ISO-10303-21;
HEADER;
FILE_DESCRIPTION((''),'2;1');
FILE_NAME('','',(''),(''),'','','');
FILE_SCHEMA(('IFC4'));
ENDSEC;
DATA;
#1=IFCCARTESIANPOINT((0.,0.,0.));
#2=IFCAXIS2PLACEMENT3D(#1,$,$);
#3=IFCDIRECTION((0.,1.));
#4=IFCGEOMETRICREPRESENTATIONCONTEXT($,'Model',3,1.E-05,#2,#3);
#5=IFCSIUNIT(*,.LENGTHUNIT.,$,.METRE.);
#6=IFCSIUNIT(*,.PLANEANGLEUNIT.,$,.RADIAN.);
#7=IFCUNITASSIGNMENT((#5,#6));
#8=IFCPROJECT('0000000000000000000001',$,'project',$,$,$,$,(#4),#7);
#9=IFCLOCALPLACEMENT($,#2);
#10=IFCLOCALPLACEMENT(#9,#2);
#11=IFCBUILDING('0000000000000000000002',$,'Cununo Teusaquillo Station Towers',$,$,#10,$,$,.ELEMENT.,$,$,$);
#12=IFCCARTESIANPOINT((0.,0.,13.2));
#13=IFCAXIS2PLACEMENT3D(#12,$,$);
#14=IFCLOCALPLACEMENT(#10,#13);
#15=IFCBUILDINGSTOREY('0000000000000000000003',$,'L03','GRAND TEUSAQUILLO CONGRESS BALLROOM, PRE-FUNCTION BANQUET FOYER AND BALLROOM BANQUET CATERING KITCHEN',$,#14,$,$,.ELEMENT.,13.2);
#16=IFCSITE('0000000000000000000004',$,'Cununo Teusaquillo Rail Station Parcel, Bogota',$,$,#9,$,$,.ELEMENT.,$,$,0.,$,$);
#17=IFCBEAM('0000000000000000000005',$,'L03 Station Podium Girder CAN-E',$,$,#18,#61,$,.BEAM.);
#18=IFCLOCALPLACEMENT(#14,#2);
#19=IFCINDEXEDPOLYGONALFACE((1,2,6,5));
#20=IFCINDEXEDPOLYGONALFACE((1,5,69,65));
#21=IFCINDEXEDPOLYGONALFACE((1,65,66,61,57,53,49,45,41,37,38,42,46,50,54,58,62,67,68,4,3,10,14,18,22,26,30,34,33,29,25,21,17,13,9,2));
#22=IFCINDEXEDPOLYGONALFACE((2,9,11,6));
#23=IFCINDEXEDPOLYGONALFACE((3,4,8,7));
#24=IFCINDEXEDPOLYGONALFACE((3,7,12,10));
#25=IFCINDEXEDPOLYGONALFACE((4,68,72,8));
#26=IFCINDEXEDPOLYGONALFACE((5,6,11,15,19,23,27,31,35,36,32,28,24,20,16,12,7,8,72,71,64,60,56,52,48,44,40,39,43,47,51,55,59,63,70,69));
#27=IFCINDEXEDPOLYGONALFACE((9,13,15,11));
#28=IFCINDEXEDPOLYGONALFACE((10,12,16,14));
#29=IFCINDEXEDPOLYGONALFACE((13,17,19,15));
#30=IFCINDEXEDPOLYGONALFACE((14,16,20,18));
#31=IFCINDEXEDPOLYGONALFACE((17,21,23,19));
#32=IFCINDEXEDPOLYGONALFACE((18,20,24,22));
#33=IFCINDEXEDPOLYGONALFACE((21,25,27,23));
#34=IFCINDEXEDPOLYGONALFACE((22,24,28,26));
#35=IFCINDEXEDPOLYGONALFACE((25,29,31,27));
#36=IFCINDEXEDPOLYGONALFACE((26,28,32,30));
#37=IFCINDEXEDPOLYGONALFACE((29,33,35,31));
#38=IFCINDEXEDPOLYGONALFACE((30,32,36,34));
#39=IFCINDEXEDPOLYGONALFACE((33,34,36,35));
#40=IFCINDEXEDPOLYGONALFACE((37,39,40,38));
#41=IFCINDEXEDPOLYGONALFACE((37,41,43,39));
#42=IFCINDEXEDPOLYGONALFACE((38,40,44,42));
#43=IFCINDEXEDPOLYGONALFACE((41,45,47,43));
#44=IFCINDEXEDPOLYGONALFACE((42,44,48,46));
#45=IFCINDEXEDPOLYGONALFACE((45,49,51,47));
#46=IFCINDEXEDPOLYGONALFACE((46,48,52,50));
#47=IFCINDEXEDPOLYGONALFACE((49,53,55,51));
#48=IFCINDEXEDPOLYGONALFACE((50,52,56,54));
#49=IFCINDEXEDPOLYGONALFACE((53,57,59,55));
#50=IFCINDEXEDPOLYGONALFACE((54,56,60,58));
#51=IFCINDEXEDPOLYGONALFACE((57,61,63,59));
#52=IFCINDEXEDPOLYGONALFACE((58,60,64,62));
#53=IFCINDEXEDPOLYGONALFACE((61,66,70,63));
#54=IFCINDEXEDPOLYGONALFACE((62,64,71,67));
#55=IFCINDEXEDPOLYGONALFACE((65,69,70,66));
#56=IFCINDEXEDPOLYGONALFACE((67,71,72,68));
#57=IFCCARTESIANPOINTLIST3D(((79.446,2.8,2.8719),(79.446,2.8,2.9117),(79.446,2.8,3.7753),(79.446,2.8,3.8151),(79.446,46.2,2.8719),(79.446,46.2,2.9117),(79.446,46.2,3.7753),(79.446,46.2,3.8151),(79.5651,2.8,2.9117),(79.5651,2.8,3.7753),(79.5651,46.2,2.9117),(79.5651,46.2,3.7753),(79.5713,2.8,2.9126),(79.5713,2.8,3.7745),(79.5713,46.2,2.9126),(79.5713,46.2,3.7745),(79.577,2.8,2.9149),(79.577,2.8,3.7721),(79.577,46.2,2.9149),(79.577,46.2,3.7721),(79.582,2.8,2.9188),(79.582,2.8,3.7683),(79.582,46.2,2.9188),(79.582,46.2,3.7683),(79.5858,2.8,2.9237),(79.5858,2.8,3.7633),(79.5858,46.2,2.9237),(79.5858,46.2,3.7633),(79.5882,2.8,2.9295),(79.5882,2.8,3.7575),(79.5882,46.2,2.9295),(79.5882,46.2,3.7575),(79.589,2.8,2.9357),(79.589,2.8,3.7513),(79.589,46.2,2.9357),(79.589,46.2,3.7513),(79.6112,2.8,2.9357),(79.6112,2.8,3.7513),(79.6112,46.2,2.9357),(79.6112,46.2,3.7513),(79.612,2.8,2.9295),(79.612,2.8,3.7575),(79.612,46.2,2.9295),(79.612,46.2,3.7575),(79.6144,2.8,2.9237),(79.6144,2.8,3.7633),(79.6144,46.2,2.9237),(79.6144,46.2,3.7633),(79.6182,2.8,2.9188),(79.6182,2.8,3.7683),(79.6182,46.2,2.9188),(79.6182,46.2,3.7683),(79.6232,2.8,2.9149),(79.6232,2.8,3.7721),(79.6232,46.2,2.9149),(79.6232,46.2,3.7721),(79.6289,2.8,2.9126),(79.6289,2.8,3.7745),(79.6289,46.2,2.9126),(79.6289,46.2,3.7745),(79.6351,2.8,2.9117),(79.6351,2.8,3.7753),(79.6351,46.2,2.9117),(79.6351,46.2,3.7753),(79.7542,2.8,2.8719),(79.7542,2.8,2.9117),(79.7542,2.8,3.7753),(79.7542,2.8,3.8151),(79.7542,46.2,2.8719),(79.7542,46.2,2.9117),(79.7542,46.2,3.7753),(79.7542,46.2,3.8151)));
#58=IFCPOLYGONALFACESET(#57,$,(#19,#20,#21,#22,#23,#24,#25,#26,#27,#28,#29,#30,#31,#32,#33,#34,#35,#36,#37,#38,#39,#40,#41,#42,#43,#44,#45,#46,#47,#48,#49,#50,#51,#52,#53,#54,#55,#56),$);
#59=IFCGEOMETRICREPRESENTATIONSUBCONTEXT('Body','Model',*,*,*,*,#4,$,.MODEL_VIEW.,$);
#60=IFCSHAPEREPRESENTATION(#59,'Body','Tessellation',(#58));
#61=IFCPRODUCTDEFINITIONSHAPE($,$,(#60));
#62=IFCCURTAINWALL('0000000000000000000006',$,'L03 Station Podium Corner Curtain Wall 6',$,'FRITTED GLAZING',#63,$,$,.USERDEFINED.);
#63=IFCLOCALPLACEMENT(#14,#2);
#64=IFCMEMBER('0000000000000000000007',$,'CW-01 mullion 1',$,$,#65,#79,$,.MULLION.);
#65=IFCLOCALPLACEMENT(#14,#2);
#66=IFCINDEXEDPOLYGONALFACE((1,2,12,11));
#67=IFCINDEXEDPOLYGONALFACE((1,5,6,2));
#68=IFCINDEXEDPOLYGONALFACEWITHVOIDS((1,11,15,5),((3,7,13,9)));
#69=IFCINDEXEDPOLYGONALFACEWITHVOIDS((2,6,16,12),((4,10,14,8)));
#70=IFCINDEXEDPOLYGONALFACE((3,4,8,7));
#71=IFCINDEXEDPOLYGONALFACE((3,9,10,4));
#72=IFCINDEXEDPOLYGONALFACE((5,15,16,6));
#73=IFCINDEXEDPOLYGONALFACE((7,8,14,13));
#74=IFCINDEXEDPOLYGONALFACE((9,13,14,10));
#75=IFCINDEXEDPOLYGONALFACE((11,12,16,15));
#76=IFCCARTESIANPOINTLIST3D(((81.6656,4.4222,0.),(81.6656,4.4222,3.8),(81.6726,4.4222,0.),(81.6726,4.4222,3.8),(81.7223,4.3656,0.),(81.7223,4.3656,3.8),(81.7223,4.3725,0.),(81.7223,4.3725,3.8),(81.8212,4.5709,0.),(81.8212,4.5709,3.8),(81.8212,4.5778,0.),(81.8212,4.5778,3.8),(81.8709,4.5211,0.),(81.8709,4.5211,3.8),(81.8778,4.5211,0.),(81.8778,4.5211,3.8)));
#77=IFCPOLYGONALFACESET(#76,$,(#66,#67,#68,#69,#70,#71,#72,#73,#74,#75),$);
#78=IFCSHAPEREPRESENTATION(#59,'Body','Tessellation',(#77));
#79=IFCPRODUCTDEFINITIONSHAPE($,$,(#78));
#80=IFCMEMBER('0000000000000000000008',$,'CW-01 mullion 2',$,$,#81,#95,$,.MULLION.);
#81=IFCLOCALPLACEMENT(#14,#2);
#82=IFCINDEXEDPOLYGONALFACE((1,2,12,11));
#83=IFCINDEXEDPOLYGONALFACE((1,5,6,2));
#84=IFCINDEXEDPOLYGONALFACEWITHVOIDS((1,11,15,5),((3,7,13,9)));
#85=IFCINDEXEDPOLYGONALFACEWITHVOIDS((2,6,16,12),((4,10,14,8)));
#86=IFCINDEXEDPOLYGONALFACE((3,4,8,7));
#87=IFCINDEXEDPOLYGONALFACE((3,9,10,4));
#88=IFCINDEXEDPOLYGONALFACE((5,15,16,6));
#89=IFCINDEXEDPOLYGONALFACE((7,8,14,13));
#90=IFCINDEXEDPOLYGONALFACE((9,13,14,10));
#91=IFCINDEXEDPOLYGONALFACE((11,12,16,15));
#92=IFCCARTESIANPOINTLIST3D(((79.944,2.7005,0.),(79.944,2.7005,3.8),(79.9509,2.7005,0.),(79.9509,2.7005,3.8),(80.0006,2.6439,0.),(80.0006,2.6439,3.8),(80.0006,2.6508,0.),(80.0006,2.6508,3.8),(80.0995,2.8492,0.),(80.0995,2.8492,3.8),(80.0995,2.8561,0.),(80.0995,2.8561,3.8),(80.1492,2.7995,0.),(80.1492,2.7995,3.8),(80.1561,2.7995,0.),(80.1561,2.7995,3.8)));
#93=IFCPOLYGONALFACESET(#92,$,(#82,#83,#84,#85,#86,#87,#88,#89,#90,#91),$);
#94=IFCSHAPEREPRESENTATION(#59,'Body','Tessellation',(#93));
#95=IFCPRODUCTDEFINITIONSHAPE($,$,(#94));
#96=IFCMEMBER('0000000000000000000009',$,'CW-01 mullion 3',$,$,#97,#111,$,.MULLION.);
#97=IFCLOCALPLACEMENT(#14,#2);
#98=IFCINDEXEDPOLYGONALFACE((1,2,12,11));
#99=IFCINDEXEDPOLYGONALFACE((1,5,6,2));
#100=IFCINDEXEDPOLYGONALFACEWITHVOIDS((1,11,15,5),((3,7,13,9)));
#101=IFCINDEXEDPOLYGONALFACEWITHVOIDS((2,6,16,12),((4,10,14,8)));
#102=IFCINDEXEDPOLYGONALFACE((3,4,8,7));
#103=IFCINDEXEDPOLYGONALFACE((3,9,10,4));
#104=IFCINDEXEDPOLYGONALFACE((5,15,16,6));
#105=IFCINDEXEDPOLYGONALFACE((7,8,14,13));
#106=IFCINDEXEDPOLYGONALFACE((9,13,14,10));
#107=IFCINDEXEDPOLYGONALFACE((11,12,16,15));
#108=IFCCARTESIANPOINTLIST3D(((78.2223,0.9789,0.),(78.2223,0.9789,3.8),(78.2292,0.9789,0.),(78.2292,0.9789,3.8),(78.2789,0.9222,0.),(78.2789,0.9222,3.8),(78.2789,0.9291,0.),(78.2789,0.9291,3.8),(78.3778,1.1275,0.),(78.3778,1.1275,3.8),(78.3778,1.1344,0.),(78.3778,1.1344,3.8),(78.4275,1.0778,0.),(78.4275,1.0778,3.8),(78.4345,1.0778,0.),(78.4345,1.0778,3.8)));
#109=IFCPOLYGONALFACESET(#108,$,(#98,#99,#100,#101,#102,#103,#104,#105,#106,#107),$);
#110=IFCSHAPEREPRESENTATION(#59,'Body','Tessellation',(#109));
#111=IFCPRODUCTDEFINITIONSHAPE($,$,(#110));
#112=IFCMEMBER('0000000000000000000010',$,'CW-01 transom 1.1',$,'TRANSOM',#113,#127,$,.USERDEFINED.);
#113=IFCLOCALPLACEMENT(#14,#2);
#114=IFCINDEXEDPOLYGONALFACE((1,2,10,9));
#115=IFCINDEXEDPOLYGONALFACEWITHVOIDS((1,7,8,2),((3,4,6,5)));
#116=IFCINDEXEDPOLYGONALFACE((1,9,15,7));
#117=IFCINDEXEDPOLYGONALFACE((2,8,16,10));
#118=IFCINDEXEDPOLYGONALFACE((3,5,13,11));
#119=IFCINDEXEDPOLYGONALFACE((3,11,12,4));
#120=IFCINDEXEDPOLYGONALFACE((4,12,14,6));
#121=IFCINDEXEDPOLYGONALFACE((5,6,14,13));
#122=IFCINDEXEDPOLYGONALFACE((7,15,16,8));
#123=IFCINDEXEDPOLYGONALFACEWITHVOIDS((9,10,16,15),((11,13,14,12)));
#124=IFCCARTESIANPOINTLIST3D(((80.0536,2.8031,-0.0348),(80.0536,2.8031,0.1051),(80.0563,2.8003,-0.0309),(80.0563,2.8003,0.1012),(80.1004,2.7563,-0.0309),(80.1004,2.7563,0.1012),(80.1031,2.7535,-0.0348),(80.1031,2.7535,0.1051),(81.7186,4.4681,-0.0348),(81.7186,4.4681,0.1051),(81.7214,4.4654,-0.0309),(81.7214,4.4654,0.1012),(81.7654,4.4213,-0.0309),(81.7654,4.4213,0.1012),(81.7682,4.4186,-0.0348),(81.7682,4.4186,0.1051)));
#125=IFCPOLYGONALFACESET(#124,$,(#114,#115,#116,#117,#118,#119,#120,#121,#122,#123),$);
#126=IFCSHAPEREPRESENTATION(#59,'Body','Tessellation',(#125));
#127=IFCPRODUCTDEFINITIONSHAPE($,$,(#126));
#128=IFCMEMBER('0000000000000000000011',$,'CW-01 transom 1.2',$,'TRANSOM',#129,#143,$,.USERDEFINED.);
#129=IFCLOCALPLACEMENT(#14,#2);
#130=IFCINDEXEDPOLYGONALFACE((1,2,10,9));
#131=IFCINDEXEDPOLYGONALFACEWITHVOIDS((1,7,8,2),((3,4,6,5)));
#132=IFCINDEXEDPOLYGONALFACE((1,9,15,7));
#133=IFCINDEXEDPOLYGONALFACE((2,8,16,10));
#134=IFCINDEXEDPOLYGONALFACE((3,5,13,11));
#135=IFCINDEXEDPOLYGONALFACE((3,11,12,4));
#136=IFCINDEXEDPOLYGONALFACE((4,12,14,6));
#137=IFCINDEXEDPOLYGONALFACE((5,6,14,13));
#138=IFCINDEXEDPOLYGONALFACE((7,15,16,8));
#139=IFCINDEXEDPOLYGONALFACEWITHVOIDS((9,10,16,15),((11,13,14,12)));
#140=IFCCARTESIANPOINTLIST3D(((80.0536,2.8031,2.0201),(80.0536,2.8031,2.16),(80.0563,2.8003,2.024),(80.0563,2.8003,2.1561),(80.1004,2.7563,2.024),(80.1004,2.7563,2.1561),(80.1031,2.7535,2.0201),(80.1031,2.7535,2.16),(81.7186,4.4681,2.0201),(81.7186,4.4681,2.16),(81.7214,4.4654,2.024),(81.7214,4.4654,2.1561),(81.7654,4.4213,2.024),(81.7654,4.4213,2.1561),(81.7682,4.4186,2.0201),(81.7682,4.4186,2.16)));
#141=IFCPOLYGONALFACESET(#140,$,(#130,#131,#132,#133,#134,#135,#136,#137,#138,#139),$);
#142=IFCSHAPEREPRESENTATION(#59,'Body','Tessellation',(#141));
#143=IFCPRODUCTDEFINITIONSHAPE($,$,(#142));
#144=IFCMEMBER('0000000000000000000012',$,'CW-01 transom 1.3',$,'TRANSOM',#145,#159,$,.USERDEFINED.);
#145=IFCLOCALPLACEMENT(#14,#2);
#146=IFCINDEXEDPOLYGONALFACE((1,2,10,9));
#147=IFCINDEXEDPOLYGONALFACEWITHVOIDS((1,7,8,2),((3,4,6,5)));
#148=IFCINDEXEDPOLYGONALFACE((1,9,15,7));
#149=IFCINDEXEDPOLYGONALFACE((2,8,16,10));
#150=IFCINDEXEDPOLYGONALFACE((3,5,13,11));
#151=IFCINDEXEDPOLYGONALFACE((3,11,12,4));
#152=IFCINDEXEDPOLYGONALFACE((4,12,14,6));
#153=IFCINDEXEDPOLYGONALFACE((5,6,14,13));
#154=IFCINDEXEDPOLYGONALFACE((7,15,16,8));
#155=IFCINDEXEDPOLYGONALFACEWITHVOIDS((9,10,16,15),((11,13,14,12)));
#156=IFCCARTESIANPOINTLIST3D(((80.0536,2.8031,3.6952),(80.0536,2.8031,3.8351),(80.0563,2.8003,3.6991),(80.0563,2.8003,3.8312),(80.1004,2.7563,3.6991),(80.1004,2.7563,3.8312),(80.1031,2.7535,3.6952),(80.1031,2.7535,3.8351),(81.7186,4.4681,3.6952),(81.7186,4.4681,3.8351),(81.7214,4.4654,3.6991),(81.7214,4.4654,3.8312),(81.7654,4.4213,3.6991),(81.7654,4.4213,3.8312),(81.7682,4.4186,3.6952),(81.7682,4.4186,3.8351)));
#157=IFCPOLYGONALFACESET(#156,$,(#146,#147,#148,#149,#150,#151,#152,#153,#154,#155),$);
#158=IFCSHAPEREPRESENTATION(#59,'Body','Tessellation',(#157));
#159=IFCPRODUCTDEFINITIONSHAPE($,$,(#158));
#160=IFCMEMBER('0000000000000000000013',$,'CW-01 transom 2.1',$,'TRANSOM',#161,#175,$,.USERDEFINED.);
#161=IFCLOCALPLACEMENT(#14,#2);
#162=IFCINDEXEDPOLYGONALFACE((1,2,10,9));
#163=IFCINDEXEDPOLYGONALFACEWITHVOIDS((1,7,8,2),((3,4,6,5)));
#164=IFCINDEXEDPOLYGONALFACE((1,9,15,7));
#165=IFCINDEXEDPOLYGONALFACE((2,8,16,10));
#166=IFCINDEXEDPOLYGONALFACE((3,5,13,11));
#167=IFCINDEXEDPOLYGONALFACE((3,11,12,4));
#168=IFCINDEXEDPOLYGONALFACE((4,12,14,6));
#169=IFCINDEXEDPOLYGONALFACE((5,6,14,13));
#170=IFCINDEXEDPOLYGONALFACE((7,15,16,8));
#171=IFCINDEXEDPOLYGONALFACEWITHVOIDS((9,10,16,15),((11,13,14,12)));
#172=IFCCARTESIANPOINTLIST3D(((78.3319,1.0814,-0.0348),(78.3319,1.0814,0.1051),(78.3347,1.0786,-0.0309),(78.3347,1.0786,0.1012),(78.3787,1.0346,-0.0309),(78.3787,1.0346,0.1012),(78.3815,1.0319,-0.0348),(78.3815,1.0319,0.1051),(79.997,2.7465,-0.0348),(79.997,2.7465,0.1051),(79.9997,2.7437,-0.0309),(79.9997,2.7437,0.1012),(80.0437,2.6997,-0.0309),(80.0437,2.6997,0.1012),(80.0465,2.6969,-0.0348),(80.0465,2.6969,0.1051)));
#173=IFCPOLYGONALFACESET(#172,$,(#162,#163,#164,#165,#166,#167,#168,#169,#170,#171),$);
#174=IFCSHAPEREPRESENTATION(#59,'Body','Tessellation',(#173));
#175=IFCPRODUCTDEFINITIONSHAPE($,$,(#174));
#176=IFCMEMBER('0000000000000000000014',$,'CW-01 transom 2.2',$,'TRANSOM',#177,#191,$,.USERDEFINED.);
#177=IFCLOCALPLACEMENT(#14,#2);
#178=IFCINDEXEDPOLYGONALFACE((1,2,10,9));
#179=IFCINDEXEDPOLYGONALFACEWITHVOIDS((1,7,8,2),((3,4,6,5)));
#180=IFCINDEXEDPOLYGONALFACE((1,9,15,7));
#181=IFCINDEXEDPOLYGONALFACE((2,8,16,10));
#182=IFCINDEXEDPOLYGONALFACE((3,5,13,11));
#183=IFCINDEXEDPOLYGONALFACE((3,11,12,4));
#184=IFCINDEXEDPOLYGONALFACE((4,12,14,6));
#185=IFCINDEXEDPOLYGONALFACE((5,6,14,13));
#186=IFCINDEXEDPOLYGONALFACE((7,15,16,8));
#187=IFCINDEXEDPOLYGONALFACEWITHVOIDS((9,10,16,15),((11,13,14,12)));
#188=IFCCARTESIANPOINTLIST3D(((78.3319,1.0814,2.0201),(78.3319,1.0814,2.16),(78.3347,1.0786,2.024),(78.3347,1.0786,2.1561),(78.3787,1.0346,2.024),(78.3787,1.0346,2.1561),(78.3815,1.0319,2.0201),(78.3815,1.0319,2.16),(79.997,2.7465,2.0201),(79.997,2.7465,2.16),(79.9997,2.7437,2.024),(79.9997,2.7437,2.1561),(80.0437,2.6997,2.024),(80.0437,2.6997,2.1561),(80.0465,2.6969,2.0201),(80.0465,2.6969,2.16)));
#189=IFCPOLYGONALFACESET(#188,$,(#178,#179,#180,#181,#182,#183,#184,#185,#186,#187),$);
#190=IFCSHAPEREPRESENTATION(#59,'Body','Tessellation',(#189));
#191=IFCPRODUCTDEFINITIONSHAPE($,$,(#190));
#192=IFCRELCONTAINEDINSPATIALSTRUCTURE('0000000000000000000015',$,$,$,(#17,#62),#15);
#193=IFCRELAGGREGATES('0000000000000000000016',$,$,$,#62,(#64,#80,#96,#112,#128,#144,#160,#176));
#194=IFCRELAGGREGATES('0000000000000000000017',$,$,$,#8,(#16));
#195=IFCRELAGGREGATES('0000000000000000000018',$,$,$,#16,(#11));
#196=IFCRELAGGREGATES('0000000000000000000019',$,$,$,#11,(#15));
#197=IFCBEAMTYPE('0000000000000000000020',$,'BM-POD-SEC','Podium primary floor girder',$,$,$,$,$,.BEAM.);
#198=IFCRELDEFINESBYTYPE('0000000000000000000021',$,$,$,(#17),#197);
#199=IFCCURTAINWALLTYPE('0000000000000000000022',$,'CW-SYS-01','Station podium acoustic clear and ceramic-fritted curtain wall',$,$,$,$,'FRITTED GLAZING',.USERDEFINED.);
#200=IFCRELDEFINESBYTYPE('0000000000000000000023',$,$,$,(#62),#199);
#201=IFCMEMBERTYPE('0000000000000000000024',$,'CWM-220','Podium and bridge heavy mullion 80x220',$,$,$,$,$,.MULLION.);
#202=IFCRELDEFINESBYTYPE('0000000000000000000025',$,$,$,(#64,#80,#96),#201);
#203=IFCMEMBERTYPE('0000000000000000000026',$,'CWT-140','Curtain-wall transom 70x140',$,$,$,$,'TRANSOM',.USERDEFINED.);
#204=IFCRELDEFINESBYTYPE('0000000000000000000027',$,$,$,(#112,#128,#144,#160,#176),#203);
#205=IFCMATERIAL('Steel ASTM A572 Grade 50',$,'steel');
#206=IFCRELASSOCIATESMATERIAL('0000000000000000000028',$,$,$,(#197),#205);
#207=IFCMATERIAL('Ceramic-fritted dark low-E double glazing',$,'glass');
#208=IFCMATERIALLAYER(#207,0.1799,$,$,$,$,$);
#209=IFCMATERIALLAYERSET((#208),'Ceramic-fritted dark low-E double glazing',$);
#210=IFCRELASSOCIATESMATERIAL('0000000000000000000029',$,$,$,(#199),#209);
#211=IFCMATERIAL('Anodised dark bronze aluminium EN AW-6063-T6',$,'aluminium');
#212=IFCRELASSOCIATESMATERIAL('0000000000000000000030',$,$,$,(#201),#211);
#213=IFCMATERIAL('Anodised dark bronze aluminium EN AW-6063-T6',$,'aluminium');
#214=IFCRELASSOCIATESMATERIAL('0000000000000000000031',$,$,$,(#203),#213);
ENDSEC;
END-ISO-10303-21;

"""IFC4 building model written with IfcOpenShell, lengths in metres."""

from ifc_helpers import new_model, si_unit, direction, frame, origin, origin_2d, place, context, subcontext, project, spatial, hollow_rectangle, i_section, extrude, material, layer, layer_set, material_profile, profile_set, type_object, element, aggregate, save


model = new_model("IFC4")

# Units and contexts
model_context = context("Model", 3, precision=1e-05, world=origin(), true_north=direction((0.0, 1.0)))
body_context = subcontext(model_context, "Body", "Model", "MODEL_VIEW")
ifc_project = project(units=[si_unit("LENGTHUNIT", "METRE"), si_unit("PLANEANGLEUNIT", "RADIAN")], contexts=[model_context])

# Site, building, storey
site_placement = place(None, origin())
site = spatial("IfcSite", under=ifc_project, at=site_placement, Name="Cununo Teusaquillo Rail Station Parcel, Bogota", CompositionType="ELEMENT", RefElevation=0.0)
building_placement = place(site_placement, origin())
building = spatial("IfcBuilding", under=site, at=building_placement, Name="Cununo Teusaquillo Station Towers", CompositionType="ELEMENT")
storey_placement = place(building_placement, frame((0.0, 0.0, 13.2)))
storey = spatial("IfcBuildingStorey", under=building, at=storey_placement, Name="L03", Description="GRAND TEUSAQUILLO CONGRESS BALLROOM, PRE-FUNCTION BANQUET FOYER AND BALLROOM BANQUET CATERING KITCHEN", CompositionType="ELEMENT", Elevation=13.2)

# Beam
ifc_material_1 = material(Name="Steel ASTM A572 Grade 50", Category="steel")
ifc_material_profile_1 = material_profile(ifc_material_1, i_section(OverallWidth=0.3081, OverallDepth=0.9431, WebThickness=0.0222, FlangeThickness=0.0398, FilletRadius=0.0239, at=origin_2d()), Name="W36X232")
ifc_profile_set_1 = profile_set([ifc_material_profile_1], Name="Steel ASTM A572 Grade 50")
beam_type_1 = type_object("IfcBeamType", Name="BM-POD-SEC", Description="Podium primary floor girder", PredefinedType="BEAM", material=ifc_profile_set_1)
beam_placement = place(storey_placement, frame((79.6001, 2.8, 3.3435), z_axis=(0.0, 1.0, 0.0), x_axis=(-1.0, 0.0, 0.0)))
element("IfcBeam", 1, at=beam_placement, inside=storey, type_object=beam_type_1, Name="L03 Station Podium Girder CAN-E", PredefinedType="BEAM", context=body_context, shape_type="SweptSolid", body=[
    extrude(i_section(OverallWidth=0.3081, OverallDepth=0.9431, WebThickness=0.0222, FlangeThickness=0.0398, FilletRadius=0.0239, at=origin_2d()), origin(), (0.0, 0.0, 1.0), 43.3999),
])

# Curtain wall, members
ifc_material_2 = material(Name="Ceramic-fritted dark low-E double glazing", Category="glass")
ifc_layer_1 = layer(ifc_material_2, 0.1799)
ifc_layer_set_1 = layer_set([ifc_layer_1], Name="Ceramic-fritted dark low-E double glazing")
curtain_wall_type = type_object("IfcCurtainWallType", Name="CW-SYS-01", Description="Station podium acoustic clear and ceramic-fritted curtain wall", ElementType="FRITTED GLAZING", PredefinedType="USERDEFINED", material=ifc_layer_set_1)
curtain_wall_placement = place(storey_placement, origin())
curtain_wall = element("IfcCurtainWall", 2, at=curtain_wall_placement, inside=storey, type_object=curtain_wall_type, Name="L03 Station Podium Corner Curtain Wall 6", ObjectType="FRITTED GLAZING", PredefinedType="USERDEFINED")
ifc_material_3 = material(Name="Anodised dark bronze aluminium EN AW-6063-T6", Category="aluminium")
ifc_material_profile_2 = material_profile(ifc_material_3, hollow_rectangle(XDim=0.0801, YDim=0.22, WallThickness=0.0049, at=origin_2d()), Name="CW-MULL-80x220")
ifc_profile_set_2 = profile_set([ifc_material_profile_2], Name="Anodised dark bronze aluminium EN AW-6063-T6")
member_type_1 = type_object("IfcMemberType", Name="CWM-220", Description="Podium and bridge heavy mullion 80x220", PredefinedType="MULLION", material=ifc_profile_set_2)
member_1_placement = place(storey_placement, frame((81.7717, 4.4717, 0.0), z_axis=(0.0, 0.0, 1.0), x_axis=(0.707107, -0.707107, 0.0)))
member_1 = element("IfcMember", 3, at=member_1_placement, type_object=member_type_1, Name="CW-01 mullion 1", PredefinedType="MULLION", context=body_context, shape_type="SweptSolid", body=[
    extrude(hollow_rectangle(XDim=0.0801, YDim=0.22, WallThickness=0.0049, at=origin_2d()), origin(), (0.0, 0.0, 1.0), 3.8),
])
member_2_placement = place(storey_placement, frame((80.05, 2.75, 0.0), z_axis=(0.0, 0.0, 1.0), x_axis=(0.707107, -0.707107, 0.0)))
member_2 = element("IfcMember", 4, at=member_2_placement, type_object=member_type_1, Name="CW-01 mullion 2", PredefinedType="MULLION", context=body_context, shape_type="SweptSolid", body=[
    extrude(hollow_rectangle(XDim=0.0801, YDim=0.22, WallThickness=0.0049, at=origin_2d()), origin(), (0.0, 0.0, 1.0), 3.8),
])
member_3_placement = place(storey_placement, frame((78.3284, 1.0283, 0.0), z_axis=(0.0, 0.0, 1.0), x_axis=(0.707107, -0.707107, 0.0)))
member_3 = element("IfcMember", 5, at=member_3_placement, type_object=member_type_1, Name="CW-01 mullion 3", PredefinedType="MULLION", context=body_context, shape_type="SweptSolid", body=[
    extrude(hollow_rectangle(XDim=0.0801, YDim=0.22, WallThickness=0.0049, at=origin_2d()), origin(), (0.0, 0.0, 1.0), 3.8),
])
ifc_material_4 = material(Name="Anodised dark bronze aluminium EN AW-6063-T6", Category="aluminium")
ifc_material_profile_3 = material_profile(ifc_material_4, hollow_rectangle(XDim=0.0701, YDim=0.1399, WallThickness=0.0039, at=origin_2d()), Name="CW-TRAN-70x140")
ifc_profile_set_3 = profile_set([ifc_material_profile_3], Name="Anodised dark bronze aluminium EN AW-6063-T6")
member_type_2 = type_object("IfcMemberType", Name="CWT-140", Description="Curtain-wall transom 70x140", ElementType="TRANSOM", PredefinedType="USERDEFINED", material=ifc_profile_set_3)
member_4_placement = place(storey_placement, frame((81.7434, 4.4434, 0.0352), z_axis=(-0.707107, -0.707107, 0.0), x_axis=(0.707107, -0.707107, 0.0)))
member_4 = element("IfcMember", 6, at=member_4_placement, type_object=member_type_2, Name="CW-01 transom 1.1", ObjectType="TRANSOM", PredefinedType="USERDEFINED", context=body_context, shape_type="SweptSolid", body=[
    extrude(hollow_rectangle(XDim=0.0701, YDim=0.1399, WallThickness=0.0039, at=origin_2d()), origin(), (0.0, 0.0, 1.0), 2.3547),
])
member_5_placement = place(storey_placement, frame((81.7434, 4.4434, 2.0901), z_axis=(-0.707107, -0.707107, 0.0), x_axis=(0.707107, -0.707107, 0.0)))
member_5 = element("IfcMember", 7, at=member_5_placement, type_object=member_type_2, Name="CW-01 transom 1.2", ObjectType="TRANSOM", PredefinedType="USERDEFINED", context=body_context, shape_type="SweptSolid", body=[
    extrude(hollow_rectangle(XDim=0.0701, YDim=0.1399, WallThickness=0.0039, at=origin_2d()), origin(), (0.0, 0.0, 1.0), 2.3547),
])
member_6_placement = place(storey_placement, frame((81.7434, 4.4434, 3.7651), z_axis=(-0.707107, -0.707107, 0.0), x_axis=(0.707107, -0.707107, 0.0)))
member_6 = element("IfcMember", 8, at=member_6_placement, type_object=member_type_2, Name="CW-01 transom 1.3", ObjectType="TRANSOM", PredefinedType="USERDEFINED", context=body_context, shape_type="SweptSolid", body=[
    extrude(hollow_rectangle(XDim=0.0701, YDim=0.1399, WallThickness=0.0039, at=origin_2d()), origin(), (0.0, 0.0, 1.0), 2.3547),
])
member_7_placement = place(storey_placement, frame((80.0217, 2.7217, 0.0352), z_axis=(-0.707107, -0.707107, 0.0), x_axis=(0.707107, -0.707107, 0.0)))
member_7 = element("IfcMember", 9, at=member_7_placement, type_object=member_type_2, Name="CW-01 transom 2.1", ObjectType="TRANSOM", PredefinedType="USERDEFINED", context=body_context, shape_type="SweptSolid", body=[
    extrude(hollow_rectangle(XDim=0.0701, YDim=0.1399, WallThickness=0.0039, at=origin_2d()), origin(), (0.0, 0.0, 1.0), 2.3547),
])
member_8_placement = place(storey_placement, frame((80.0217, 2.7217, 2.0901), z_axis=(-0.707107, -0.707107, 0.0), x_axis=(0.707107, -0.707107, 0.0)))
member_8 = element("IfcMember", 10, at=member_8_placement, type_object=member_type_2, Name="CW-01 transom 2.2", ObjectType="TRANSOM", PredefinedType="USERDEFINED", context=body_context, shape_type="SweptSolid", body=[
    extrude(hollow_rectangle(XDim=0.0701, YDim=0.1399, WallThickness=0.0039, at=origin_2d()), origin(), (0.0, 0.0, 1.0), 2.3547),
])

aggregate(curtain_wall, [member_1, member_2, member_3, member_4, member_5, member_6, member_7, member_8])

save(model, "model.ifc")
